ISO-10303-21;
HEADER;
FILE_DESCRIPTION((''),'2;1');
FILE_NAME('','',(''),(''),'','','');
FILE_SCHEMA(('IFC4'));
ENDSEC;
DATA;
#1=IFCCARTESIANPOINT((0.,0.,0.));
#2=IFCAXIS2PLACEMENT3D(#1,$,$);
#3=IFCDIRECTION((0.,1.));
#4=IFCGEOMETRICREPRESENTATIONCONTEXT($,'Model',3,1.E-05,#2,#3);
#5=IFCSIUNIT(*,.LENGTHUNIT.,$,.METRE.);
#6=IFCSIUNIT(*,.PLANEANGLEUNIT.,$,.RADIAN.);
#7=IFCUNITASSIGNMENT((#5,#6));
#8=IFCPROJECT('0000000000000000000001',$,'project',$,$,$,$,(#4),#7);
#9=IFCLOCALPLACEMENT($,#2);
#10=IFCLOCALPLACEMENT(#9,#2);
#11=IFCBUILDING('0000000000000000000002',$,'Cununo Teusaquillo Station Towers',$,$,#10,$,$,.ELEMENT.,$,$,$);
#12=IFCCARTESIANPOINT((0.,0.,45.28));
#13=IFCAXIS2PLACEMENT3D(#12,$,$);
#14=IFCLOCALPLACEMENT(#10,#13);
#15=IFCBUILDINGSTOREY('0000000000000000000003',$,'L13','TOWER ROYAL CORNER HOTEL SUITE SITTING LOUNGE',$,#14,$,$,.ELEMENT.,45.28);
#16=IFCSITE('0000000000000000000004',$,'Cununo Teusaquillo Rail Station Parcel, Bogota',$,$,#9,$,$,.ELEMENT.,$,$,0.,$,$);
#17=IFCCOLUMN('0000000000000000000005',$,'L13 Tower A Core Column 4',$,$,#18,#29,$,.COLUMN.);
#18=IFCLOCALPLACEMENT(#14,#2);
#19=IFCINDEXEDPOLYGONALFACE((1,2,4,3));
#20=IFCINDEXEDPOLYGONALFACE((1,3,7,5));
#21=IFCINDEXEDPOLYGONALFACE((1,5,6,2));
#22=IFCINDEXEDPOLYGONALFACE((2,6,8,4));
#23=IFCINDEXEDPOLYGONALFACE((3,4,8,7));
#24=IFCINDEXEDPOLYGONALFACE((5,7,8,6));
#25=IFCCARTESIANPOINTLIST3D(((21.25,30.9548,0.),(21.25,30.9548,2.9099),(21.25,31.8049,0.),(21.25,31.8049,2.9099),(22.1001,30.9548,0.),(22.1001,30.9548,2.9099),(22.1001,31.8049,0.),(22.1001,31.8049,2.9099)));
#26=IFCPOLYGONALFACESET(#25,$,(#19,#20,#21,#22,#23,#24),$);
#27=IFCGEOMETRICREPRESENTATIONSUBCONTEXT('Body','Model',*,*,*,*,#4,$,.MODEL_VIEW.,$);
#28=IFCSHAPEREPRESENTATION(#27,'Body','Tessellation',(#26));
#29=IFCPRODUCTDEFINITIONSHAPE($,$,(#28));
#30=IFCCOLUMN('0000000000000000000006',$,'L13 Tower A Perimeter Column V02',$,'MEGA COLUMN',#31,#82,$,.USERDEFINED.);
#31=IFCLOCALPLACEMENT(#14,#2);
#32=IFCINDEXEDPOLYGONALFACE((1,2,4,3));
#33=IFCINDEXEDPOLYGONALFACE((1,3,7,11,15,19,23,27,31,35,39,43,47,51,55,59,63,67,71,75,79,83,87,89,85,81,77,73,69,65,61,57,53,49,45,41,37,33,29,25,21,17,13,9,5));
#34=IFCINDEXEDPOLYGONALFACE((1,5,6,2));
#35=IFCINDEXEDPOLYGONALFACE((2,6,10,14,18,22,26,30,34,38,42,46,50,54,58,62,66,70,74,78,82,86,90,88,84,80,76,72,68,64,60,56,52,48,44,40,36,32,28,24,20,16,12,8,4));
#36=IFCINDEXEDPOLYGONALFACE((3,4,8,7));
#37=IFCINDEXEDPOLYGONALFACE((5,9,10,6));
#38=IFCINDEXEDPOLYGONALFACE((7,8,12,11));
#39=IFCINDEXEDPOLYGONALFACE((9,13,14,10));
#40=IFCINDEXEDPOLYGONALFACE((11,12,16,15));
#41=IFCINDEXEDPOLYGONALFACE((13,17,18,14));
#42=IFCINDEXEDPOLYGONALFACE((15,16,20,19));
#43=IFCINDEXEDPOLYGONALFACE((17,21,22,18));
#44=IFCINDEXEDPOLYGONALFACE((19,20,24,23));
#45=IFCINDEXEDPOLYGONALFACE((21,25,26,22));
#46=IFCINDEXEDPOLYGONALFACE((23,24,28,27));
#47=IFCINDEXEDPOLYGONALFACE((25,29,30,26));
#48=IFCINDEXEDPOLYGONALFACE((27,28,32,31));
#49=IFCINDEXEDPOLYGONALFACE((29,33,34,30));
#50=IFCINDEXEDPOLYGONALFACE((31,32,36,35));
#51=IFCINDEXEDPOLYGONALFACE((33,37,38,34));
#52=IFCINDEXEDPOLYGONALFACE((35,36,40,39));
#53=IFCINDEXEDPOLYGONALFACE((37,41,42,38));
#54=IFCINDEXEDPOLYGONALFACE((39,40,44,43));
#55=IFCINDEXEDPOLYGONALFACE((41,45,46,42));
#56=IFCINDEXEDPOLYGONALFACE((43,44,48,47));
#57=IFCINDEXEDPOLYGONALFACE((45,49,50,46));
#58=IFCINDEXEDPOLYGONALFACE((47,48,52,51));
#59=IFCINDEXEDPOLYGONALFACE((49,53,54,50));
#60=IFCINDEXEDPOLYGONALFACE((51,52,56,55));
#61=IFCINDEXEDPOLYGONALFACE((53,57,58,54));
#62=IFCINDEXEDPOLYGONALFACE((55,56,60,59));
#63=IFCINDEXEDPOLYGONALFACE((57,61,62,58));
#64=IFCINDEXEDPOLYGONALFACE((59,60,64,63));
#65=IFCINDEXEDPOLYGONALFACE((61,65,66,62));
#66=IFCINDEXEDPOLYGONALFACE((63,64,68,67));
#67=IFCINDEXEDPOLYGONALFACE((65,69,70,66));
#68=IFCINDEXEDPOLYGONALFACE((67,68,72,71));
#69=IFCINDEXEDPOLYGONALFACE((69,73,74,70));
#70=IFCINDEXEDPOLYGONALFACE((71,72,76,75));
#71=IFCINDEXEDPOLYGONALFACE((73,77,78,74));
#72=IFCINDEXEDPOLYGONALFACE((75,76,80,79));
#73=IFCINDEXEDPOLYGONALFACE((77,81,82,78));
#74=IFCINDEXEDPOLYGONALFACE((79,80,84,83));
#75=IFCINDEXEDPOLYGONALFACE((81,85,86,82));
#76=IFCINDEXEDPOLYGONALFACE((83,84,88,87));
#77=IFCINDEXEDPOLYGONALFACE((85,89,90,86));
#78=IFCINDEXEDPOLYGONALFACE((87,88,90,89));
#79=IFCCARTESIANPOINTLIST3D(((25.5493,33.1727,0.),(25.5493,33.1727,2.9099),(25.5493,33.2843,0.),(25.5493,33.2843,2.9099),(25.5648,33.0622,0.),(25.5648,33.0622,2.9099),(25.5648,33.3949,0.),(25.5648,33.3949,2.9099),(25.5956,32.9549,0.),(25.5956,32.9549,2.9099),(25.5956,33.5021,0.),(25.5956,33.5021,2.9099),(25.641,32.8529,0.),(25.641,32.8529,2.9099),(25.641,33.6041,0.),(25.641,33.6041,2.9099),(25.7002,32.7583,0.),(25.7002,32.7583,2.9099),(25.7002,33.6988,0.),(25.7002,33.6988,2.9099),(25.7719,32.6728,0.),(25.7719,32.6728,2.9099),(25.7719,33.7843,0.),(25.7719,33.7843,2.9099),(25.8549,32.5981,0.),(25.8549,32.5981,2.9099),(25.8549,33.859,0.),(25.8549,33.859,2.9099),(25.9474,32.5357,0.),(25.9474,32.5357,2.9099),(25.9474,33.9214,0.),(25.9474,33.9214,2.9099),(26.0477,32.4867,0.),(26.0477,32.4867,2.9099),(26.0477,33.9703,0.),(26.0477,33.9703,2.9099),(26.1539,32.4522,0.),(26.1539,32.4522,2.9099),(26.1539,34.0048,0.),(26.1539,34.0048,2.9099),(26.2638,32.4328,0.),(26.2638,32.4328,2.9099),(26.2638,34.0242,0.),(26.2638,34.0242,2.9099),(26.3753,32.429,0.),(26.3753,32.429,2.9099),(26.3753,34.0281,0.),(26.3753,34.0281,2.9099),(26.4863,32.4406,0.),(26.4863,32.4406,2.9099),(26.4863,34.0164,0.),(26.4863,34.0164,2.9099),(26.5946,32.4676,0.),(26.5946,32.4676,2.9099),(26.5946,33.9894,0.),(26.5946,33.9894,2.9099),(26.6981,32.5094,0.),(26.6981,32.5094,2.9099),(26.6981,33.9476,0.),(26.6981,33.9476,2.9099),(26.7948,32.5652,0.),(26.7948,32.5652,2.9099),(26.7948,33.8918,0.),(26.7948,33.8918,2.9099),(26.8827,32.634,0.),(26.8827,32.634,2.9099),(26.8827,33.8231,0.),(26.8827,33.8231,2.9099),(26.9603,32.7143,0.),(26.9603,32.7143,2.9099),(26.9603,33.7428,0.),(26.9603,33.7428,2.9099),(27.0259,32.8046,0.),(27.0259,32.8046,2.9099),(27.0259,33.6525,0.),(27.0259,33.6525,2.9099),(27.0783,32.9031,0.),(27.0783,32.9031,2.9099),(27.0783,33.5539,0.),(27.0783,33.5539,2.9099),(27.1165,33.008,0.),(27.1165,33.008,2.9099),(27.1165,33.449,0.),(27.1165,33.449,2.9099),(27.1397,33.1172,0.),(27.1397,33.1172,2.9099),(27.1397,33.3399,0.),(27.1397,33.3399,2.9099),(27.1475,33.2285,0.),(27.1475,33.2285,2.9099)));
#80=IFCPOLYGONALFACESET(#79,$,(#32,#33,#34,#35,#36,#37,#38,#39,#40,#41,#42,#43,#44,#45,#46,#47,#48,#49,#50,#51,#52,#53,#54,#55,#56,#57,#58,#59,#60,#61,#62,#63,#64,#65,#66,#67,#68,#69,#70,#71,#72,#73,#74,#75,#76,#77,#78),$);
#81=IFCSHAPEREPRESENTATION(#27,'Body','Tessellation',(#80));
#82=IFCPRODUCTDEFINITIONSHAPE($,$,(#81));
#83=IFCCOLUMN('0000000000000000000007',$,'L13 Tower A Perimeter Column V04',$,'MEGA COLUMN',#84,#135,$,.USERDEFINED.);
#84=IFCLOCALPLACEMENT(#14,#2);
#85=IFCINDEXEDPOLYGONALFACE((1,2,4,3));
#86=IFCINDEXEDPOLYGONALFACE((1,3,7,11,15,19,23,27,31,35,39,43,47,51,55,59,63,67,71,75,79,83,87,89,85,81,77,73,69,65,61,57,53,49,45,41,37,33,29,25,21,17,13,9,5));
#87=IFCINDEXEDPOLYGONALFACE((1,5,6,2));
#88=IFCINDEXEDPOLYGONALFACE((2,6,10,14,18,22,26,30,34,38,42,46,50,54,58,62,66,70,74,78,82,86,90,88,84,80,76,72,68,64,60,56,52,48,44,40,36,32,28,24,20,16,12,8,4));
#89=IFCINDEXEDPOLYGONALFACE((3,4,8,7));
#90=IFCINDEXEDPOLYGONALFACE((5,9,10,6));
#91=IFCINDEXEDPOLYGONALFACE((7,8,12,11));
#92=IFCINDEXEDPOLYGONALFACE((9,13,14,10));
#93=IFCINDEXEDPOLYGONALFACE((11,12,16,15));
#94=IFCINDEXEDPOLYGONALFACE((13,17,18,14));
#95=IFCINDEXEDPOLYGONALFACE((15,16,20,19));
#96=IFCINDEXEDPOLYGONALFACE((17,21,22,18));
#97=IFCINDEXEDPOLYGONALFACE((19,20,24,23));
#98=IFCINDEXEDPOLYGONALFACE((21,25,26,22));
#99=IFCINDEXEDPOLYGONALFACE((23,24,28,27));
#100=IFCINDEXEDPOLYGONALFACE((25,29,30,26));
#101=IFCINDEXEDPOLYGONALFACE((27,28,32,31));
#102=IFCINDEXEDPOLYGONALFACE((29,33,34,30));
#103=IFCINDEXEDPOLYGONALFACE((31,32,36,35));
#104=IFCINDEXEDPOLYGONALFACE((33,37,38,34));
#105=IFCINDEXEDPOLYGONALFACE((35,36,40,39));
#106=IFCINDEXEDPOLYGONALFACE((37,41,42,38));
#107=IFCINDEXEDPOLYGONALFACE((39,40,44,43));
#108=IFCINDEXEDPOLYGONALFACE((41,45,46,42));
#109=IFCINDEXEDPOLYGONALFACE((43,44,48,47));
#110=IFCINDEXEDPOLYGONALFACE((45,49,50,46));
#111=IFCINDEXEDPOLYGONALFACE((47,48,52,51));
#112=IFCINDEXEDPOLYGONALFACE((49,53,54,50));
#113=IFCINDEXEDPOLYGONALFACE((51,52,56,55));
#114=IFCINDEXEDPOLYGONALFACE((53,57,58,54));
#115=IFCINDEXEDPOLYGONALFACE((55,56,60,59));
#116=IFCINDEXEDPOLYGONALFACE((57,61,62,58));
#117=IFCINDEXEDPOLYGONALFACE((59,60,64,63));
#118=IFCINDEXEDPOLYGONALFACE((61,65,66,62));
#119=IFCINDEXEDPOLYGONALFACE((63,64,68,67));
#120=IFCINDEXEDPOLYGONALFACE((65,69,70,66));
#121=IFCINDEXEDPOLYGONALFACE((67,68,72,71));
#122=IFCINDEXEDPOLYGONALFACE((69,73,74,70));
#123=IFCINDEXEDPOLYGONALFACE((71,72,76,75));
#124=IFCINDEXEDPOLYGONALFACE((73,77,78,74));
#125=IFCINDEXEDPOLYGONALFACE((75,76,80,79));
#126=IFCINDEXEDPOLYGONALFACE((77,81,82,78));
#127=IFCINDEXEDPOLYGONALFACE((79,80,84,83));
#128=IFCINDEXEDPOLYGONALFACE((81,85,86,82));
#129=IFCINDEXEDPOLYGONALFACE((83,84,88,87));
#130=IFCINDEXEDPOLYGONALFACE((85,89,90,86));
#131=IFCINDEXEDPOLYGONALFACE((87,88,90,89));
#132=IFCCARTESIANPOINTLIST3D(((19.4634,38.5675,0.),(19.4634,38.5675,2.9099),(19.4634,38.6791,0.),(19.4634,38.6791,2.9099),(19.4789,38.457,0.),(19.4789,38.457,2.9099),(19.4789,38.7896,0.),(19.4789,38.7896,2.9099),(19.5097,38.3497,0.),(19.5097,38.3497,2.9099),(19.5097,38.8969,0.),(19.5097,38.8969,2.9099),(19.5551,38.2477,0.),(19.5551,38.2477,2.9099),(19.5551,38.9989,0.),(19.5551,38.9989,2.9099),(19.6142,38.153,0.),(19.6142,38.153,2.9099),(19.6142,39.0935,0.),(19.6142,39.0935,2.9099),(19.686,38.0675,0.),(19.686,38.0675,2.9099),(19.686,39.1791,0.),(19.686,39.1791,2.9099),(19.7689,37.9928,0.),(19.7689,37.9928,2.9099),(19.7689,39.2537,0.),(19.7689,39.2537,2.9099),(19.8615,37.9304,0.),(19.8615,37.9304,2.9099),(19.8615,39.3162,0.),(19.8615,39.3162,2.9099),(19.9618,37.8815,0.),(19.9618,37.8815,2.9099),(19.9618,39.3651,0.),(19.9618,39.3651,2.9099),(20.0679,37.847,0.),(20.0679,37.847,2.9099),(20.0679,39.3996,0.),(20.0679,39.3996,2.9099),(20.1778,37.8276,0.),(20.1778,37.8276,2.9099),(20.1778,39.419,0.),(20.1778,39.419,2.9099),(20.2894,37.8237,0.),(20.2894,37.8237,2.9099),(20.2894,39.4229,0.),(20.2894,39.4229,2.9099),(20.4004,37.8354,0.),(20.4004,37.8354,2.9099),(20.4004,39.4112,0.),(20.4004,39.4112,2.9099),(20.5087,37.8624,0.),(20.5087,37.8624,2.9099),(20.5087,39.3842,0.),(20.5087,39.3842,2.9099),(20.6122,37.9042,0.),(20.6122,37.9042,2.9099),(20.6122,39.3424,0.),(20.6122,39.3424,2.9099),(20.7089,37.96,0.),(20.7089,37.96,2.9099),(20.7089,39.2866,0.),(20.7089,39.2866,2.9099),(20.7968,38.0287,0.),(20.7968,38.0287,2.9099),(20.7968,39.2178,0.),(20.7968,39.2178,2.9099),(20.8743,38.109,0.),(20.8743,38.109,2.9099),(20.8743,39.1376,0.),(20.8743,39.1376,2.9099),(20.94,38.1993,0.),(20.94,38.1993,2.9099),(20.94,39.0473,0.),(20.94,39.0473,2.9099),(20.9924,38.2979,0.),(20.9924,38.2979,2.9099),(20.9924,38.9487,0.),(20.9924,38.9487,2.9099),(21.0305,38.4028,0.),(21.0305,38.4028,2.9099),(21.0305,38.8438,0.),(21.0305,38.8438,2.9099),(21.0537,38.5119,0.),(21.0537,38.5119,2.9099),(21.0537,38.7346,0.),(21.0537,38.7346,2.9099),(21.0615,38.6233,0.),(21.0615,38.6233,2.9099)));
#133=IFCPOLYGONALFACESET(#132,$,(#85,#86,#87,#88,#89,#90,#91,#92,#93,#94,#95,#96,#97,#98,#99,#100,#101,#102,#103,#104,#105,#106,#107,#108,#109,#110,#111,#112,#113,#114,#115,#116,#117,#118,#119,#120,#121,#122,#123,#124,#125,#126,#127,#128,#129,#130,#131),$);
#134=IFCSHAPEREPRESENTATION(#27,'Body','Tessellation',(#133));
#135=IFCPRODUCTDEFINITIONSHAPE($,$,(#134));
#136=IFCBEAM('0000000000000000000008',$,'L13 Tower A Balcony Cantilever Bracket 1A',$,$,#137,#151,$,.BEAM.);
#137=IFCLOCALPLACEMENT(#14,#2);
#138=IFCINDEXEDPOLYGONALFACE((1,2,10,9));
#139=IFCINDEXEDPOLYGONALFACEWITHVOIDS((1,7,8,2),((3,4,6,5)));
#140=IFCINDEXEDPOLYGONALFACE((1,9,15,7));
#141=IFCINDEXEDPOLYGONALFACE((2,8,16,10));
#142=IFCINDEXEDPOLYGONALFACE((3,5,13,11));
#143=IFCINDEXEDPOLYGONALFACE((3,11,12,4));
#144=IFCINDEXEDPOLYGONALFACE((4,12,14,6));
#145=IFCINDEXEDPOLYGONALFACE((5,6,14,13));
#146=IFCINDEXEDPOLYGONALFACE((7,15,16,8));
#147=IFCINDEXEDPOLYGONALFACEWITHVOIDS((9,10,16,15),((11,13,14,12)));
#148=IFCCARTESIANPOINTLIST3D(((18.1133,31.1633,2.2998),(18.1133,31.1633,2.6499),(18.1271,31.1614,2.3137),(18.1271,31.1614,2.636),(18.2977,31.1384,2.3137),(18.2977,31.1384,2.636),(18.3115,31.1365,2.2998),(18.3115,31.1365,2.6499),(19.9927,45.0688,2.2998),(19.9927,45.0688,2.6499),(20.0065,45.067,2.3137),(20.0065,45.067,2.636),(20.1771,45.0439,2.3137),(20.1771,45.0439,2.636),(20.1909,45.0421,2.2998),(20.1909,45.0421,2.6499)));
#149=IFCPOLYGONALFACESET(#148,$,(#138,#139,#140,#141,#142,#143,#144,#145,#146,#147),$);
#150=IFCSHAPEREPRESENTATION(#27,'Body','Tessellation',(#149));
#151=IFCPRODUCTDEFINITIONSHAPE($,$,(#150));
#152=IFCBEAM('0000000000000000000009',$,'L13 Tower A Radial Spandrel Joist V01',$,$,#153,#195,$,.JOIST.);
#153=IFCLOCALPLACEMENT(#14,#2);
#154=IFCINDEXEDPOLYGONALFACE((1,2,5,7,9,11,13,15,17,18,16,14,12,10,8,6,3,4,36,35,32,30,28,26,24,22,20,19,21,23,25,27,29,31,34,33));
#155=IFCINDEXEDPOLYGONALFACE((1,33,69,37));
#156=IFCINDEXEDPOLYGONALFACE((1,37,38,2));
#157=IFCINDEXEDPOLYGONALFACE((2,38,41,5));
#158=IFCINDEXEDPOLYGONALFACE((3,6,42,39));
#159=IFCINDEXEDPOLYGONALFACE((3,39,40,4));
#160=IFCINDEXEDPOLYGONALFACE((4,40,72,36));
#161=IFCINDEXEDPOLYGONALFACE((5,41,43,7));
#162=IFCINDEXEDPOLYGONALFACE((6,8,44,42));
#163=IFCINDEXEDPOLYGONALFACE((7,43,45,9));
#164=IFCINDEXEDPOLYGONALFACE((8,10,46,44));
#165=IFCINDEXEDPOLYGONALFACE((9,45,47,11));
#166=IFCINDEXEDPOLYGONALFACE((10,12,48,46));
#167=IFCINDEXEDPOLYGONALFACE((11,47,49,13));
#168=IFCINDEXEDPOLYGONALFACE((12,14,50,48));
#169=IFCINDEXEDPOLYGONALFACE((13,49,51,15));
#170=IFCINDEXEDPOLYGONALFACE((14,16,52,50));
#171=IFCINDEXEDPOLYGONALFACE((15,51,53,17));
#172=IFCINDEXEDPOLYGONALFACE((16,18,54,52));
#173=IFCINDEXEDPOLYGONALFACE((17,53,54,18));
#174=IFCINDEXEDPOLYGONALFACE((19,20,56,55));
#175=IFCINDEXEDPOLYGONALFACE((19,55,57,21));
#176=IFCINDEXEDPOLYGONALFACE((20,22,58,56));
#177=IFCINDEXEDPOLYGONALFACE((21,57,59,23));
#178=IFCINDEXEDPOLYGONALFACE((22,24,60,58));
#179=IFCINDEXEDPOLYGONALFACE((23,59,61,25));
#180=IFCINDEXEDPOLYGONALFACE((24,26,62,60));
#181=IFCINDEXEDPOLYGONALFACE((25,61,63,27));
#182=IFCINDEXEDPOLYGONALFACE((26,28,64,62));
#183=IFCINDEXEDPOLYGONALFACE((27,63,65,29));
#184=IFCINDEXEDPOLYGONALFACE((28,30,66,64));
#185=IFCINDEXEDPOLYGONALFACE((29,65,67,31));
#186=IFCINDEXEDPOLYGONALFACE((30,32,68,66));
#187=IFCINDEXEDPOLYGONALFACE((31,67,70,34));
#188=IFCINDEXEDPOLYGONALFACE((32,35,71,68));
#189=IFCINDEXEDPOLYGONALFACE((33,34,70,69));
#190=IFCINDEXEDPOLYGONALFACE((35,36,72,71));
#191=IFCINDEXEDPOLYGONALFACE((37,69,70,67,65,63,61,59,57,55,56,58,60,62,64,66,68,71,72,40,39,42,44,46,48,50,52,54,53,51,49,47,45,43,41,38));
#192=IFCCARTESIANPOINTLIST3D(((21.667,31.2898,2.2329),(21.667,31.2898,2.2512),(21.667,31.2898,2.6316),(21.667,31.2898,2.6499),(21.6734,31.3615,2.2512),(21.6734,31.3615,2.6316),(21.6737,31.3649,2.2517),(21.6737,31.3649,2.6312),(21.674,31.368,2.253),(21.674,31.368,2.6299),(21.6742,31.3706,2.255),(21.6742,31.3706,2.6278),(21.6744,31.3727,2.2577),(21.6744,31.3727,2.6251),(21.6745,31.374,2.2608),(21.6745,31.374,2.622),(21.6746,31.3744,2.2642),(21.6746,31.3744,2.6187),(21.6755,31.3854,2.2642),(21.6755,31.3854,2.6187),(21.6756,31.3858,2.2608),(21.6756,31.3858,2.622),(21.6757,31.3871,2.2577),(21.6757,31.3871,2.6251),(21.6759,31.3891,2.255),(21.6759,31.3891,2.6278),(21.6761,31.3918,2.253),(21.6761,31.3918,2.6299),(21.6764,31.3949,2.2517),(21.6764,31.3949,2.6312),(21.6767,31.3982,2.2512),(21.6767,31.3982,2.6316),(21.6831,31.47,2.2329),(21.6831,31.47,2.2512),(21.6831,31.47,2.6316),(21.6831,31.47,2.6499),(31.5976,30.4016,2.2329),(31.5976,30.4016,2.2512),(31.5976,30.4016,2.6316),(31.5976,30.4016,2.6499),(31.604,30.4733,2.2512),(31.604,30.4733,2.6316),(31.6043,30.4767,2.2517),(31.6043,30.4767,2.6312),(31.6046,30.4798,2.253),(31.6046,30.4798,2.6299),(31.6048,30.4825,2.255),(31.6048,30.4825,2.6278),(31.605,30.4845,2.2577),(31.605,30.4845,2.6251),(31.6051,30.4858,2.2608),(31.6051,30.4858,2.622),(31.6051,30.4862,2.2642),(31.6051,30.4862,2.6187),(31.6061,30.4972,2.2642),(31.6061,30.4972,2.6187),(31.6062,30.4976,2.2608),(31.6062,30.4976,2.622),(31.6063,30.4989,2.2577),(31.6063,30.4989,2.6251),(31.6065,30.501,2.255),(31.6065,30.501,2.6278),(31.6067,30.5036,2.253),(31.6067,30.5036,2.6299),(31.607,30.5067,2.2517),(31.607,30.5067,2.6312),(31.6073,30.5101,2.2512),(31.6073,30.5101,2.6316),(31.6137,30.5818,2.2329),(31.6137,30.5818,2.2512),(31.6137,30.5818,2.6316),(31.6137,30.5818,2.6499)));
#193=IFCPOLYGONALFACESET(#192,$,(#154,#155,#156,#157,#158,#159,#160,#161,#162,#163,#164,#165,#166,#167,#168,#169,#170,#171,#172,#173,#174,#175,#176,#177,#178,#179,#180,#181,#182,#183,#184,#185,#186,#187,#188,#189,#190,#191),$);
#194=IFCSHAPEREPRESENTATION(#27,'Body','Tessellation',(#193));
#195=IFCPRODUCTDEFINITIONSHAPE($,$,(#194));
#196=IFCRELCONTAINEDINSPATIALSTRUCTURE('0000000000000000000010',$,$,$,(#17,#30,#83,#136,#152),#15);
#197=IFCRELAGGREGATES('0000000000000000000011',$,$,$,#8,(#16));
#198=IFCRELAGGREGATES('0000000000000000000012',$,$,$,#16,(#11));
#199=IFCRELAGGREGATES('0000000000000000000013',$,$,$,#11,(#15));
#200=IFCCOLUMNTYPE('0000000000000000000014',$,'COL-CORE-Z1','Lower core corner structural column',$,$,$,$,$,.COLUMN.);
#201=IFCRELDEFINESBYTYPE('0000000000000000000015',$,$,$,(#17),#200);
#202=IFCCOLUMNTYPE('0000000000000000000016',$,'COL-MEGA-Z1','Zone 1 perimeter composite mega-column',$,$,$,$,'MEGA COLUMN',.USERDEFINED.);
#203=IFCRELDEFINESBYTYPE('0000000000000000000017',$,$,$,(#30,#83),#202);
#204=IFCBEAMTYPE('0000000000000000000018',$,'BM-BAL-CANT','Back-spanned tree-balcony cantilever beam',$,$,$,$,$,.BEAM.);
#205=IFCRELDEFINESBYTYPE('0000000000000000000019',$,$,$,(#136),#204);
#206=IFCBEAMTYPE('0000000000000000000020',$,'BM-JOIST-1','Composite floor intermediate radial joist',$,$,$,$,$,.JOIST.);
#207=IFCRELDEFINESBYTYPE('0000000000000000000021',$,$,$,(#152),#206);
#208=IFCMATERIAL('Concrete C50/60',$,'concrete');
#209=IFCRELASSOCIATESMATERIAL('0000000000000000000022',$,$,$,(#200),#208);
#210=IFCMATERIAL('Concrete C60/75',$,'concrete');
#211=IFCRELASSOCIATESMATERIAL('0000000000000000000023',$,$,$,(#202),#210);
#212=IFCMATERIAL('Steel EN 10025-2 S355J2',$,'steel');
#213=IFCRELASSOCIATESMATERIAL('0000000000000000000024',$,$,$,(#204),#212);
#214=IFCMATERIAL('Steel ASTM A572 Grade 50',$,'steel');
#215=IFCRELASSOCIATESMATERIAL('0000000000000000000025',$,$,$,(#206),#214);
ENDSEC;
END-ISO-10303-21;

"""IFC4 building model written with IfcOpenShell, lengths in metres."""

from ifc_helpers import new_model, si_unit, direction, frame, origin, origin_2d, place, context, subcontext, project, spatial, rectangle, hollow_rectangle, circle, i_section, extrude, material, material_profile, profile_set, type_object, element, save


model = new_model("IFC4")

# Units and contexts
model_context = context("Model", 3, precision=1e-05, world=origin(), true_north=direction((0.0, 1.0)))
body_context = subcontext(model_context, "Body", "Model", "MODEL_VIEW")
ifc_project = project(units=[si_unit("LENGTHUNIT", "METRE"), si_unit("PLANEANGLEUNIT", "RADIAN")], contexts=[model_context])

# Site, building, storey
site_placement = place(None, origin())
site = spatial("IfcSite", under=ifc_project, at=site_placement, Name="Cununo Teusaquillo Rail Station Parcel, Bogota", CompositionType="ELEMENT", RefElevation=0.0)
building_placement = place(site_placement, origin())
building = spatial("IfcBuilding", under=site, at=building_placement, Name="Cununo Teusaquillo Station Towers", CompositionType="ELEMENT")
storey_placement = place(building_placement, frame((0.0, 0.0, 45.28)))
storey = spatial("IfcBuildingStorey", under=building, at=storey_placement, Name="L13", Description="TOWER ROYAL CORNER HOTEL SUITE SITTING LOUNGE", CompositionType="ELEMENT", Elevation=45.28)

# Columns
ifc_material_1 = material(Name="Concrete C50/60", Category="concrete")
ifc_material_profile_1 = material_profile(ifc_material_1, rectangle(XDim=0.8501, YDim=0.8501, at=origin_2d()), Name="RC-RECT-850x850")
ifc_profile_set_1 = profile_set([ifc_material_profile_1], Name="Concrete C50/60")
column_type_1 = type_object("IfcColumnType", Name="COL-CORE-Z1", Description="Lower core corner structural column", PredefinedType="COLUMN", material=ifc_profile_set_1)
column_placement = place(storey_placement, frame((21.675, 31.3799, 0.0), z_axis=(0.0, 0.0, 1.0), x_axis=(1.0, 0.0, 0.0)))
element("IfcColumn", 1, at=column_placement, inside=storey, type_object=column_type_1, Name="L13 Tower A Core Column 4", PredefinedType="COLUMN", context=body_context, shape_type="SweptSolid", body=[
    extrude(rectangle(XDim=0.8501, YDim=0.8501, at=origin_2d()), origin(), (0.0, 0.0, 1.0), 2.9099),
])
ifc_material_2 = material(Name="Concrete C60/75", Category="concrete")
ifc_material_profile_2 = material_profile(ifc_material_2, circle(Radius=0.8, at=origin_2d()), Name="RC-CIRC-1600")
ifc_profile_set_2 = profile_set([ifc_material_profile_2], Name="Concrete C60/75")
column_type_2 = type_object("IfcColumnType", Name="COL-MEGA-Z1", Description="Zone 1 perimeter composite mega-column", ElementType="MEGA COLUMN", PredefinedType="USERDEFINED", material=ifc_profile_set_2)
for number, where, z_axis, x_axis, name in (
    (2, (26.3474, 33.2285, 0.0), (0.0, 0.0, 1.0), (1.0, 0.0, 0.0), "L13 Tower A Perimeter Column V02"),
    (3, (20.2615, 38.6233, 0.0), (0.0, 0.0, 1.0), (1.0, 0.0, 0.0), "L13 Tower A Perimeter Column V04"),
):
    element("IfcColumn", number, at=place(storey_placement, frame(where, z_axis=z_axis, x_axis=x_axis)), inside=storey, type_object=column_type_2, Name=name, ObjectType="MEGA COLUMN", PredefinedType="USERDEFINED", context=body_context, shape_type="SweptSolid", body=[
        extrude(circle(Radius=0.8, at=origin_2d()), origin(), (0.0, 0.0, 1.0), 2.9099),
    ])

# Beams
ifc_material_3 = material(Name="Steel EN 10025-2 S355J2", Category="steel")
ifc_material_profile_3 = material_profile(ifc_material_3, hollow_rectangle(XDim=0.2, YDim=0.3501, WallThickness=0.0139, at=origin_2d()), Name="RHS 350x200x14")
ifc_profile_set_3 = profile_set([ifc_material_profile_3], Name="Steel EN 10025-2 S355J2")
beam_type_1 = type_object("IfcBeamType", Name="BM-BAL-CANT", Description="Back-spanned tree-balcony cantilever beam", PredefinedType="BEAM", material=ifc_profile_set_3)
beam_1_placement = place(storey_placement, frame((18.2124, 31.1499, 2.4749), z_axis=(0.133937, 0.99099, 0.0), x_axis=(-0.99099, 0.133937, 0.0)))
element("IfcBeam", 4, at=beam_1_placement, inside=storey, type_object=beam_type_1, Name="L13 Tower A Balcony Cantilever Bracket 1A", PredefinedType="BEAM", context=body_context, shape_type="SweptSolid", body=[
    extrude(hollow_rectangle(XDim=0.2, YDim=0.3501, WallThickness=0.0139, at=origin_2d()), origin(), (0.0, 0.0, 1.0), 14.032),
])
ifc_material_4 = material(Name="Steel ASTM A572 Grade 50", Category="steel")
ifc_material_profile_4 = material_profile(ifc_material_4, i_section(OverallWidth=0.1809, OverallDepth=0.417, WebThickness=0.011, FlangeThickness=0.0183, FilletRadius=0.0129, at=origin_2d()), Name="W16X57")
ifc_profile_set_4 = profile_set([ifc_material_profile_4], Name="Steel ASTM A572 Grade 50")
beam_type_2 = type_object("IfcBeamType", Name="BM-JOIST-1", Description="Composite floor intermediate radial joist", PredefinedType="JOIST", material=ifc_profile_set_4)
beam_2_placement = place(storey_placement, frame((21.675, 31.3799, 2.4414), z_axis=(0.996024, -0.089083, 0.0), x_axis=(0.089083, 0.996024, 0.0)))
element("IfcBeam", 5, at=beam_2_placement, inside=storey, type_object=beam_type_2, Name="L13 Tower A Radial Spandrel Joist V01", PredefinedType="JOIST", context=body_context, shape_type="SweptSolid", body=[
    extrude(i_section(OverallWidth=0.1809, OverallDepth=0.417, WebThickness=0.011, FlangeThickness=0.0183, FilletRadius=0.0129, at=origin_2d()), origin(), (0.0, 0.0, 1.0), 9.9702),
])

save(model, "model.ifc")
